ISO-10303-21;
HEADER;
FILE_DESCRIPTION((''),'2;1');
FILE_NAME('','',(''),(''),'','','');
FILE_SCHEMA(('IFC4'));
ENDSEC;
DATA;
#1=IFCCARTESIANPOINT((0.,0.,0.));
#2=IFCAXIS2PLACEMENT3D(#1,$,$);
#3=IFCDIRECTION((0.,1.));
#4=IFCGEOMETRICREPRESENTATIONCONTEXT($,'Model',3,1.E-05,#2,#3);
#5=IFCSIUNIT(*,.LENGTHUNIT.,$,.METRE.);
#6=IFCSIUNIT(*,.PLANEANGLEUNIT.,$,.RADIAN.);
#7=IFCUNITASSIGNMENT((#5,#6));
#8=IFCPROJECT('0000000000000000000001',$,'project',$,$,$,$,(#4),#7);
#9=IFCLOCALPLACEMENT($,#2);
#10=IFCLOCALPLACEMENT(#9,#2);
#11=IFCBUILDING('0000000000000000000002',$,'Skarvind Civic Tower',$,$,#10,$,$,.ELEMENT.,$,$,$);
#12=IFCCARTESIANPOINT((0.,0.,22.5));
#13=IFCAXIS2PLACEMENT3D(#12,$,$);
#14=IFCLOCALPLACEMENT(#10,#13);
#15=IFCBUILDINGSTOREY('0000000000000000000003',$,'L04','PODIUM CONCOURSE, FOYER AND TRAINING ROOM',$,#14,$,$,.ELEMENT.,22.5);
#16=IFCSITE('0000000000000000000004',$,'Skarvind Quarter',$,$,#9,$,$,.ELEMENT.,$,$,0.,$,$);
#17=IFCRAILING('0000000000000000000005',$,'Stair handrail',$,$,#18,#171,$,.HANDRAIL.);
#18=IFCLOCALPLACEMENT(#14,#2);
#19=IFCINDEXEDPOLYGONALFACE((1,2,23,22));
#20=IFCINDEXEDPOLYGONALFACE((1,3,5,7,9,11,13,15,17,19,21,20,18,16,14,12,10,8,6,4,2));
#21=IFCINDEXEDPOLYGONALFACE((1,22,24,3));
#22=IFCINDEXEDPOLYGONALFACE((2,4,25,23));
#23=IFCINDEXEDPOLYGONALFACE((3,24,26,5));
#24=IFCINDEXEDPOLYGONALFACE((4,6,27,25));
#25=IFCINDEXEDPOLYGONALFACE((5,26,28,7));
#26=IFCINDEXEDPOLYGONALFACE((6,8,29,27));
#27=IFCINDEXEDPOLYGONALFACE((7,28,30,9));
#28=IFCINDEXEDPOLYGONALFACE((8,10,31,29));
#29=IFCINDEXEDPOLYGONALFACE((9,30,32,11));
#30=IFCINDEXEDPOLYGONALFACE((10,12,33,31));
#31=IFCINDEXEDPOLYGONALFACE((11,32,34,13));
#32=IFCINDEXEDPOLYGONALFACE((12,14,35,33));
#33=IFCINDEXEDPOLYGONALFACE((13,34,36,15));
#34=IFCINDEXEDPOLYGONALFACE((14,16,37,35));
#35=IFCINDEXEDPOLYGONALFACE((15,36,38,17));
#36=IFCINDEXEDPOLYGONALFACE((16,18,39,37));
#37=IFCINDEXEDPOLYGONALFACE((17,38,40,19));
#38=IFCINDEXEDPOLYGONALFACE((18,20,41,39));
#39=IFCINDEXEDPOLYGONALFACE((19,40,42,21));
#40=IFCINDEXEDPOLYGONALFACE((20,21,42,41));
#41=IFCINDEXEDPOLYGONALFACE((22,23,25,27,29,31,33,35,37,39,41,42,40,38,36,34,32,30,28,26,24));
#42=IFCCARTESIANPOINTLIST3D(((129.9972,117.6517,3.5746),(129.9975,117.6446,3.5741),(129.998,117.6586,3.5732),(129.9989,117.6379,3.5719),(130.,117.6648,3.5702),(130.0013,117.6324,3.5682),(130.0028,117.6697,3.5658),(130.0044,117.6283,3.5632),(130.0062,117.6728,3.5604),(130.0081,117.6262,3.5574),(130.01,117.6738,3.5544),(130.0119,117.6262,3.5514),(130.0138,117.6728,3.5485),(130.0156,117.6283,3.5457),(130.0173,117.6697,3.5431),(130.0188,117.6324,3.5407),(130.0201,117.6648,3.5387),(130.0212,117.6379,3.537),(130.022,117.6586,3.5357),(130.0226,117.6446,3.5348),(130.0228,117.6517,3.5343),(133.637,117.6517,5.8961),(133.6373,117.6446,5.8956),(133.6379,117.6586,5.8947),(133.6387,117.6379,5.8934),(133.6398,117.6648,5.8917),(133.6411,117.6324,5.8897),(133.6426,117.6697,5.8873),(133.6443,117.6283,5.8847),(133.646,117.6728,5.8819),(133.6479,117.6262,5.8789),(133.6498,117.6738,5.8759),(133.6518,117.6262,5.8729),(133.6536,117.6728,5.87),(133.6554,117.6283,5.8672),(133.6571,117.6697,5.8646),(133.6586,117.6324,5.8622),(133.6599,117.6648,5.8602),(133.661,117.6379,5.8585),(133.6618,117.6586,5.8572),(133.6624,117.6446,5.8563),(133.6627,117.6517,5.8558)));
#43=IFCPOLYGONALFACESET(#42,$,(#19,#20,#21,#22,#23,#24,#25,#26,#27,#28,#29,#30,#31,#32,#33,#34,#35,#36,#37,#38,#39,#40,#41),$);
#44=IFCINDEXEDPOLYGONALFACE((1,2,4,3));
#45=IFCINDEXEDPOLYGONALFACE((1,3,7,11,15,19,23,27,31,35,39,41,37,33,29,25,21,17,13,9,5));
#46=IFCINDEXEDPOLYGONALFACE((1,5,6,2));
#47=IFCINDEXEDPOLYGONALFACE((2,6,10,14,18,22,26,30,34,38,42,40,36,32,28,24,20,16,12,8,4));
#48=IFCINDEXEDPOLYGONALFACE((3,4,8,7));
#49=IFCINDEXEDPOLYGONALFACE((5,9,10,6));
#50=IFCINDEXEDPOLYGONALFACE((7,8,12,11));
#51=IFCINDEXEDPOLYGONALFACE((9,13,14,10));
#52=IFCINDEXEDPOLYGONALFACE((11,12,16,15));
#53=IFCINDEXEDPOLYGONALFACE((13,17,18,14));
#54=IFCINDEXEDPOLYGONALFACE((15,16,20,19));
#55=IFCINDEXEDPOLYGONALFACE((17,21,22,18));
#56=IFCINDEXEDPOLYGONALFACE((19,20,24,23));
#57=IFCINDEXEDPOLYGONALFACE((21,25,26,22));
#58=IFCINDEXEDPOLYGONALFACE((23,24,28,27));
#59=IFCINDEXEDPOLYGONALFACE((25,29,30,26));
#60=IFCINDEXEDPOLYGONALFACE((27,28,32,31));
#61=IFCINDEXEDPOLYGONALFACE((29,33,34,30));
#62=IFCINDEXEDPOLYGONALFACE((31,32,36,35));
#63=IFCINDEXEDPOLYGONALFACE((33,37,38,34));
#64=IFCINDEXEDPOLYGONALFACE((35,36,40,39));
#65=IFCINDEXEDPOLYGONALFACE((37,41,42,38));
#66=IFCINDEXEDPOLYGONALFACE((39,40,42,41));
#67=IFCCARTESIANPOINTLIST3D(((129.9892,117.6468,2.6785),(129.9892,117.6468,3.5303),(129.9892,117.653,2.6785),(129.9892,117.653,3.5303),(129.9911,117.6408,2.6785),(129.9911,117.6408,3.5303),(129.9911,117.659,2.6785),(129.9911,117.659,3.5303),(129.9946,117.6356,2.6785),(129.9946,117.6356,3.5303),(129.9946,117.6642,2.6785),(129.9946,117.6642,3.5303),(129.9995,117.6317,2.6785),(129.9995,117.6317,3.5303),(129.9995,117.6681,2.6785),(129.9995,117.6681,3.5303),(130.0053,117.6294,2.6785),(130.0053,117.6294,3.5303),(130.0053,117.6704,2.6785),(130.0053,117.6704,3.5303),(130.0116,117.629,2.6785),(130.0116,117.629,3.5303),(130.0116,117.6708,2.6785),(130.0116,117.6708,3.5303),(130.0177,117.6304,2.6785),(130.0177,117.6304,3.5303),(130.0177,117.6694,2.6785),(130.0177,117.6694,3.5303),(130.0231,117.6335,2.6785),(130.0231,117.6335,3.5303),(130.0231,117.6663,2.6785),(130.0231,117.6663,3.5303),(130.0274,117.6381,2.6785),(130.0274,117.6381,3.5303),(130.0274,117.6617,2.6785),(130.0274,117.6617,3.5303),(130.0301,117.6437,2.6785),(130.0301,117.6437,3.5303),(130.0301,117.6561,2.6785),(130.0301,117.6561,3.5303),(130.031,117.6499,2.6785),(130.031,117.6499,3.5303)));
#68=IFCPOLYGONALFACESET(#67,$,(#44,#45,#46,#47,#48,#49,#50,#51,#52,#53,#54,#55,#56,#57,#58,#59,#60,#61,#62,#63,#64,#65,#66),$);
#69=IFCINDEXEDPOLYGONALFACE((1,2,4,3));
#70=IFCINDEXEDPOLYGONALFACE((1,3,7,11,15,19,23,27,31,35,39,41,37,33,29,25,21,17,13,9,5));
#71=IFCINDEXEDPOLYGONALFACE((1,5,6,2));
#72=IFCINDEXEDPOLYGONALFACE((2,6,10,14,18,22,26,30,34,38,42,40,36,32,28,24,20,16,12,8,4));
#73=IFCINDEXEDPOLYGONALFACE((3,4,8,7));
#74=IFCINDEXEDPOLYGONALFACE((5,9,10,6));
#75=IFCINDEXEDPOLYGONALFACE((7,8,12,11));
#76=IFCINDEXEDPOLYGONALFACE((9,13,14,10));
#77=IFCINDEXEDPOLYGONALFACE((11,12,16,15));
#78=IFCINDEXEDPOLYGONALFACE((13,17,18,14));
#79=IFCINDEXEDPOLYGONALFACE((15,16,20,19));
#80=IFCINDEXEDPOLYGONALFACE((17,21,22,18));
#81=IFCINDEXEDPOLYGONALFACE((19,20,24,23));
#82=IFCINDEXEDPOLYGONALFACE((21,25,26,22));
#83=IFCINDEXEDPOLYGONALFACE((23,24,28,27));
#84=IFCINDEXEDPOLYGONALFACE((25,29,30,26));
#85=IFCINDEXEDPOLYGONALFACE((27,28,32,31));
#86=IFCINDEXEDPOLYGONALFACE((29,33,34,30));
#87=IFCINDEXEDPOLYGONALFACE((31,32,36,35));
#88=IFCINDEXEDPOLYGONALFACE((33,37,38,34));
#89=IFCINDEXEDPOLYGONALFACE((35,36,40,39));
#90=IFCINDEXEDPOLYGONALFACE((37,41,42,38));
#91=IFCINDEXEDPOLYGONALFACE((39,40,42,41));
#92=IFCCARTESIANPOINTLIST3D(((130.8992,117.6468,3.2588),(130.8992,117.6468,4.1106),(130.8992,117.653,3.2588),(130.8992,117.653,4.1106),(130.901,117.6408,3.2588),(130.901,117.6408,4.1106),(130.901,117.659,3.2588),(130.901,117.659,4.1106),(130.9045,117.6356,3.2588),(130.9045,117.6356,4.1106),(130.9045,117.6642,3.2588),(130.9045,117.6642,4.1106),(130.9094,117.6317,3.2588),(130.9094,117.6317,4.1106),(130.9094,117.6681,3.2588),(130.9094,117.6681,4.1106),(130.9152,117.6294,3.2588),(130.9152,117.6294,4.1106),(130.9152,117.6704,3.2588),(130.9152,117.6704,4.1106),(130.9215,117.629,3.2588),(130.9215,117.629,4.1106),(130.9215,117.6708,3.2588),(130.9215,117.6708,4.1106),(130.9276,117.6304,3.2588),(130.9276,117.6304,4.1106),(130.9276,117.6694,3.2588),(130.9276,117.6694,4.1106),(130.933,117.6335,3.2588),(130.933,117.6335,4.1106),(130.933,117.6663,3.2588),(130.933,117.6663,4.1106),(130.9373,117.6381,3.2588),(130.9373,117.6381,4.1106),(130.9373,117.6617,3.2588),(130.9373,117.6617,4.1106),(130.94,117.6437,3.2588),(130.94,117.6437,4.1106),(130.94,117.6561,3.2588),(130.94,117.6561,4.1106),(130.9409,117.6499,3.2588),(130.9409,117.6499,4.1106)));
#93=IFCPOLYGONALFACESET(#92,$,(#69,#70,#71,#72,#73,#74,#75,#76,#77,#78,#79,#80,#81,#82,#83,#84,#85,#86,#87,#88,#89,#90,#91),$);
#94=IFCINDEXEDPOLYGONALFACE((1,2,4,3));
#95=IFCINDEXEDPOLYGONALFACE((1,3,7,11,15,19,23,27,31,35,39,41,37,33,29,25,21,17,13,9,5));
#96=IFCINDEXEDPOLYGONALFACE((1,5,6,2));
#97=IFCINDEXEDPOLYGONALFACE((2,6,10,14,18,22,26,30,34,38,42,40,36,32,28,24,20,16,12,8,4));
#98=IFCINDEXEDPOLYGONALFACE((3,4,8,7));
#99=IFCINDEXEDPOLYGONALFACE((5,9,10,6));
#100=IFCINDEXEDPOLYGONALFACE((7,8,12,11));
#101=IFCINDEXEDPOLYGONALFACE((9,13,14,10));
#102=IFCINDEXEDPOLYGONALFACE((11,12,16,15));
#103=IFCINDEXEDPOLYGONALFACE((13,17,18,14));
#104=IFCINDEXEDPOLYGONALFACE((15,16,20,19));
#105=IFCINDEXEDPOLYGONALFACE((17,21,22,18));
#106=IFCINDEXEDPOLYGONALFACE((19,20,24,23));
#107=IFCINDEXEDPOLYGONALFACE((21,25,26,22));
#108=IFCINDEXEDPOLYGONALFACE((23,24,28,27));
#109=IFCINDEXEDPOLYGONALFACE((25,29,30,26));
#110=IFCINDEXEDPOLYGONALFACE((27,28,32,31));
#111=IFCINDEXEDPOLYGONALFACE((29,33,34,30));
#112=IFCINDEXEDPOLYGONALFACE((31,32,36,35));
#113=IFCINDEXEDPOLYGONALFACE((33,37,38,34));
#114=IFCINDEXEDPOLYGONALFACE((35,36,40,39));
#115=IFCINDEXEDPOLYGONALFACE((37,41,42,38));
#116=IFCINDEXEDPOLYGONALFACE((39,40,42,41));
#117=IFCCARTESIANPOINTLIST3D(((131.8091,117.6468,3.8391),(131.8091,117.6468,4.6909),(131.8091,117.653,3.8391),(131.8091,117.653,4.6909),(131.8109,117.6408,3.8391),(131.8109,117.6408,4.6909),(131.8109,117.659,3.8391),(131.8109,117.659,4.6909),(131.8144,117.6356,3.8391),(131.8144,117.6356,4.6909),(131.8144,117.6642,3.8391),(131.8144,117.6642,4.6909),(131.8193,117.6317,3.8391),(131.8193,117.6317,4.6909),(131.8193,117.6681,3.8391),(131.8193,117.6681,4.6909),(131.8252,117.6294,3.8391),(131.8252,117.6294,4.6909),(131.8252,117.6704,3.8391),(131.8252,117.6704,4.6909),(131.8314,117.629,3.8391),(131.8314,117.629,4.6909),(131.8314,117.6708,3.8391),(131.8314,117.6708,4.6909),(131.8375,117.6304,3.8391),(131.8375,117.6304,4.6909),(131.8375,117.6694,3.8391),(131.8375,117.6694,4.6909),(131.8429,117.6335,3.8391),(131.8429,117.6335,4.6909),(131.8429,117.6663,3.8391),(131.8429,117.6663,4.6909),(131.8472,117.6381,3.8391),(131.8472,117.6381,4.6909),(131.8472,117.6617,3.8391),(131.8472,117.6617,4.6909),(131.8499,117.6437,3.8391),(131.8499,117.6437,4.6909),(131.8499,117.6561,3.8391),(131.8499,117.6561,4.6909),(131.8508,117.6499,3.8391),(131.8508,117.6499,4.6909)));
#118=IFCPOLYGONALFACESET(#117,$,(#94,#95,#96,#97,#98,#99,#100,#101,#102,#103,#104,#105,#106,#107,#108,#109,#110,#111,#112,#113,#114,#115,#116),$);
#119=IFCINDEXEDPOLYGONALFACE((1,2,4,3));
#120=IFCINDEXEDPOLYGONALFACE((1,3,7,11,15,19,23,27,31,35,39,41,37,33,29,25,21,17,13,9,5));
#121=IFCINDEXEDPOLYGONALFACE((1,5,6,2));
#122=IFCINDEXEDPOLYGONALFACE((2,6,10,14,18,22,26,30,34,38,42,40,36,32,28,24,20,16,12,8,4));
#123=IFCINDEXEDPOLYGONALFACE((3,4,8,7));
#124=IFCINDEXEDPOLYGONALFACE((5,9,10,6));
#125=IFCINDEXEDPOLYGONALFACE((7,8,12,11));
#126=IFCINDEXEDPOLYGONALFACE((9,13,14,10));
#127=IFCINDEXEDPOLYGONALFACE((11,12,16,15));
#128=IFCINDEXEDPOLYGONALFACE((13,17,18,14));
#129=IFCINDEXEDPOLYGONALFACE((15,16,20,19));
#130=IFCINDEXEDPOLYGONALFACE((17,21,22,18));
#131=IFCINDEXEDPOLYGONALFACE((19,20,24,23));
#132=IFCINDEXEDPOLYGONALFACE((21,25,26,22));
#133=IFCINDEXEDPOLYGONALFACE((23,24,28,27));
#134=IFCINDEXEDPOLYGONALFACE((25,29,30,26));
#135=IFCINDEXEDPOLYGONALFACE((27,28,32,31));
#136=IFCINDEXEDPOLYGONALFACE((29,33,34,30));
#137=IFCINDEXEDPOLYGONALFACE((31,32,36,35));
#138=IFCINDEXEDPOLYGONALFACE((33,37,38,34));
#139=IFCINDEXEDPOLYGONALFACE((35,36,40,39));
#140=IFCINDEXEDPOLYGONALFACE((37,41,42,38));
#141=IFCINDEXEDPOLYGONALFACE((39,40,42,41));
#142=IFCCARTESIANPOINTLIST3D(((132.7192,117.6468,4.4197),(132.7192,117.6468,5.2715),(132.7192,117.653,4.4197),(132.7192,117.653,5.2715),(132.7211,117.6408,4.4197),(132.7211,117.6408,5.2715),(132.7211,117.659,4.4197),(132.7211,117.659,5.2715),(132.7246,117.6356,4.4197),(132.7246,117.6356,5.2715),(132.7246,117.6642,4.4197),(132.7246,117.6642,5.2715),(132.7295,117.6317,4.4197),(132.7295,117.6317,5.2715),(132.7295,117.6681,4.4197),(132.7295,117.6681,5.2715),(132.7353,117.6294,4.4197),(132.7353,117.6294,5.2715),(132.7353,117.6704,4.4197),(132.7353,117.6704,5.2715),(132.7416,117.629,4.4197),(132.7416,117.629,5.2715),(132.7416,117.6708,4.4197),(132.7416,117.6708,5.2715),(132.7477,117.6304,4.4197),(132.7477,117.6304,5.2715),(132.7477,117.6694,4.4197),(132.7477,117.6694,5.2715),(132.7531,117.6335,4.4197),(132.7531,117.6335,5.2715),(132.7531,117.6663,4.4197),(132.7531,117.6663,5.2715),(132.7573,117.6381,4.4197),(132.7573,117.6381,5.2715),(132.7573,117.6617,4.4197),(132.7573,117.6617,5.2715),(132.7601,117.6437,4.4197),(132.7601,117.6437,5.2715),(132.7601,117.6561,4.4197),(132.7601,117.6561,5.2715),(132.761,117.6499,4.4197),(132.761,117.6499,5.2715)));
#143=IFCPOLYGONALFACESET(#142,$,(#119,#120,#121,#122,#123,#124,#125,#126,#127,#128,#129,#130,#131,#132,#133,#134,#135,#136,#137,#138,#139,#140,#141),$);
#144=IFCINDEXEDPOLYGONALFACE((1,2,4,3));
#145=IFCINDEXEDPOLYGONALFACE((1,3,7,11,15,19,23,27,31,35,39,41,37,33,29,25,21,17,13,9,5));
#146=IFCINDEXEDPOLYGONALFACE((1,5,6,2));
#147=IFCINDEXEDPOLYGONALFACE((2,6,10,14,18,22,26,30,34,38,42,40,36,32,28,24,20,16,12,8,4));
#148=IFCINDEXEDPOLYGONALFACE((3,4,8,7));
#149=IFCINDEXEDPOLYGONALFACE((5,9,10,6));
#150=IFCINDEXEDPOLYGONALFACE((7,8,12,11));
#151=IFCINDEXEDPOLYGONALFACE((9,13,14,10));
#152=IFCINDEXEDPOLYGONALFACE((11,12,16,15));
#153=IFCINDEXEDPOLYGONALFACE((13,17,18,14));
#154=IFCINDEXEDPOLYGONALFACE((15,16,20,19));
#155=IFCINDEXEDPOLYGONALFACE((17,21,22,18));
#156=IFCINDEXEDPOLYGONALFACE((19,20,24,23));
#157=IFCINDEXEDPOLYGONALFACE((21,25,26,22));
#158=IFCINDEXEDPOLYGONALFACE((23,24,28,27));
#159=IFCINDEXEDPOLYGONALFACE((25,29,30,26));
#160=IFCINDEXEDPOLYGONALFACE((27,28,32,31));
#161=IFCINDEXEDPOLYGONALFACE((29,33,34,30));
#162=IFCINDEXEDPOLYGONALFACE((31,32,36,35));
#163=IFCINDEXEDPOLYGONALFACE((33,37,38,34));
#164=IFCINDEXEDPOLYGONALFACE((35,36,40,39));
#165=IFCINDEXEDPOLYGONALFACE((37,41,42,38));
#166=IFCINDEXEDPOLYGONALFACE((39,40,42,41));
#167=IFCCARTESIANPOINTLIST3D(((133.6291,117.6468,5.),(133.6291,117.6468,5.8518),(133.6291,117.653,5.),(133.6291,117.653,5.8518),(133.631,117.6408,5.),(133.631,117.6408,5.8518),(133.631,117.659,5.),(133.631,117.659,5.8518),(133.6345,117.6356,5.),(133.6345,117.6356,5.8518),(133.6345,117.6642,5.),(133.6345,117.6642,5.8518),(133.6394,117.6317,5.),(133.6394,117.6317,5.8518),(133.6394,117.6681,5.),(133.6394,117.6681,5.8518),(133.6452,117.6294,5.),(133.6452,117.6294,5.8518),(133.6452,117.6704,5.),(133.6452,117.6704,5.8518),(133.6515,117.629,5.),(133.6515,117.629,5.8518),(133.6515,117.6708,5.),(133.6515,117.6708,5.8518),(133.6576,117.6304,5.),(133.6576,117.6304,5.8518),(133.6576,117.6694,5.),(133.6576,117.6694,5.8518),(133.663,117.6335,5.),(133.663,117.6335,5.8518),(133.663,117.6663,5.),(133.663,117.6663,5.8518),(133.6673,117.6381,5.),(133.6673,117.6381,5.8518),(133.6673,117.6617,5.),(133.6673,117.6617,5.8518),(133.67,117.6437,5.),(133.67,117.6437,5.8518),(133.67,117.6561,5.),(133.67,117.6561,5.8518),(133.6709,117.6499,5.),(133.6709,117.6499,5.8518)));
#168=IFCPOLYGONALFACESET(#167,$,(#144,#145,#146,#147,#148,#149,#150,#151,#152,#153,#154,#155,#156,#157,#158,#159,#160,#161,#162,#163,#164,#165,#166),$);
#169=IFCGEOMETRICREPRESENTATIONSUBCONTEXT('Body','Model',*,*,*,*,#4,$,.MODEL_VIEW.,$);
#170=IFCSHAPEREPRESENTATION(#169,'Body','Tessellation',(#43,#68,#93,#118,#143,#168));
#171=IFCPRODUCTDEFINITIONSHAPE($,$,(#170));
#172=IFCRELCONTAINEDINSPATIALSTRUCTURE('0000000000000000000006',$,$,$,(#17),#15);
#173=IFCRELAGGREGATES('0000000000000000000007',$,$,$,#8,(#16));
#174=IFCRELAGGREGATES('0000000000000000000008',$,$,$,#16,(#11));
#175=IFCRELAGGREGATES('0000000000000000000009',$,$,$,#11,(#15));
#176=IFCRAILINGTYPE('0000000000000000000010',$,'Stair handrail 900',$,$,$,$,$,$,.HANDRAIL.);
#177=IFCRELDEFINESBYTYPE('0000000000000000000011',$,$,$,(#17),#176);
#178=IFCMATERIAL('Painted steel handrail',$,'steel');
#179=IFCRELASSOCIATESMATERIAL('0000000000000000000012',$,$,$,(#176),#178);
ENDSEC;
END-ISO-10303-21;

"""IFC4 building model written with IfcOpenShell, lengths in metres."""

from ifc_helpers import new_model, si_unit, direction, frame, origin, origin_2d, place, context, subcontext, project, spatial, circle, extrude, material, type_object, element, save


model = new_model("IFC4")

# Units and contexts
model_context = context("Model", 3, precision=1e-05, world=origin(), true_north=direction((0.0, 1.0)))
body_context = subcontext(model_context, "Body", "Model", "MODEL_VIEW")
ifc_project = project(units=[si_unit("LENGTHUNIT", "METRE"), si_unit("PLANEANGLEUNIT", "RADIAN")], contexts=[model_context])

# Site, building, storey
site_placement = place(None, origin())
site = spatial("IfcSite", under=ifc_project, at=site_placement, Name="Skarvind Quarter", CompositionType="ELEMENT", RefElevation=0.0)
building_placement = place(site_placement, origin())
building = spatial("IfcBuilding", under=site, at=building_placement, Name="Skarvind Civic Tower", CompositionType="ELEMENT")
storey_placement = place(building_placement, frame((0.0, 0.0, 22.5)))
storey = spatial("IfcBuildingStorey", under=building, at=storey_placement, Name="L04", Description="PODIUM CONCOURSE, FOYER AND TRAINING ROOM", CompositionType="ELEMENT", Elevation=22.5)

# Railing
ifc_material_1 = material(Name="Painted steel handrail", Category="steel")
railing_type = type_object("IfcRailingType", Name="Stair handrail 900", PredefinedType="HANDRAIL", material=ifc_material_1)
railing_1_placement = place(storey_placement, frame((130.01, 117.6499, 2.6785)))
element("IfcRailing", 1, at=railing_1_placement, inside=storey, type_object=railing_type, Name="Stair handrail", PredefinedType="HANDRAIL", context=body_context, shape_type="SweptSolid", body=[
    extrude(circle(Radius=0.0239, at=origin_2d()), frame((0.0, 0.0, 0.876), z_axis=(0.843112, 0.0, 0.537739), x_axis=(0.0, 1.0, 0.0)), (0.0, 0.0, 1.0), 4.3171),
    extrude(circle(Radius=0.021, at=origin_2d()), origin(), (0.0, 0.0, 1.0), 0.8518),
    extrude(circle(Radius=0.021, at=origin_2d()), frame((0.9099, 0.0, 0.5803)), (0.0, 0.0, 1.0), 0.8518),
    extrude(circle(Radius=0.021, at=origin_2d()), frame((1.8198, 0.0, 1.1606)), (0.0, 0.0, 1.0), 0.8518),
    extrude(circle(Radius=0.021, at=origin_2d()), frame((2.73, 0.0, 1.7412)), (0.0, 0.0, 1.0), 0.8518),
    extrude(circle(Radius=0.021, at=origin_2d()), frame((3.6399, 0.0, 2.3215)), (0.0, 0.0, 1.0), 0.8518),
])

save(model, "model.ifc")
